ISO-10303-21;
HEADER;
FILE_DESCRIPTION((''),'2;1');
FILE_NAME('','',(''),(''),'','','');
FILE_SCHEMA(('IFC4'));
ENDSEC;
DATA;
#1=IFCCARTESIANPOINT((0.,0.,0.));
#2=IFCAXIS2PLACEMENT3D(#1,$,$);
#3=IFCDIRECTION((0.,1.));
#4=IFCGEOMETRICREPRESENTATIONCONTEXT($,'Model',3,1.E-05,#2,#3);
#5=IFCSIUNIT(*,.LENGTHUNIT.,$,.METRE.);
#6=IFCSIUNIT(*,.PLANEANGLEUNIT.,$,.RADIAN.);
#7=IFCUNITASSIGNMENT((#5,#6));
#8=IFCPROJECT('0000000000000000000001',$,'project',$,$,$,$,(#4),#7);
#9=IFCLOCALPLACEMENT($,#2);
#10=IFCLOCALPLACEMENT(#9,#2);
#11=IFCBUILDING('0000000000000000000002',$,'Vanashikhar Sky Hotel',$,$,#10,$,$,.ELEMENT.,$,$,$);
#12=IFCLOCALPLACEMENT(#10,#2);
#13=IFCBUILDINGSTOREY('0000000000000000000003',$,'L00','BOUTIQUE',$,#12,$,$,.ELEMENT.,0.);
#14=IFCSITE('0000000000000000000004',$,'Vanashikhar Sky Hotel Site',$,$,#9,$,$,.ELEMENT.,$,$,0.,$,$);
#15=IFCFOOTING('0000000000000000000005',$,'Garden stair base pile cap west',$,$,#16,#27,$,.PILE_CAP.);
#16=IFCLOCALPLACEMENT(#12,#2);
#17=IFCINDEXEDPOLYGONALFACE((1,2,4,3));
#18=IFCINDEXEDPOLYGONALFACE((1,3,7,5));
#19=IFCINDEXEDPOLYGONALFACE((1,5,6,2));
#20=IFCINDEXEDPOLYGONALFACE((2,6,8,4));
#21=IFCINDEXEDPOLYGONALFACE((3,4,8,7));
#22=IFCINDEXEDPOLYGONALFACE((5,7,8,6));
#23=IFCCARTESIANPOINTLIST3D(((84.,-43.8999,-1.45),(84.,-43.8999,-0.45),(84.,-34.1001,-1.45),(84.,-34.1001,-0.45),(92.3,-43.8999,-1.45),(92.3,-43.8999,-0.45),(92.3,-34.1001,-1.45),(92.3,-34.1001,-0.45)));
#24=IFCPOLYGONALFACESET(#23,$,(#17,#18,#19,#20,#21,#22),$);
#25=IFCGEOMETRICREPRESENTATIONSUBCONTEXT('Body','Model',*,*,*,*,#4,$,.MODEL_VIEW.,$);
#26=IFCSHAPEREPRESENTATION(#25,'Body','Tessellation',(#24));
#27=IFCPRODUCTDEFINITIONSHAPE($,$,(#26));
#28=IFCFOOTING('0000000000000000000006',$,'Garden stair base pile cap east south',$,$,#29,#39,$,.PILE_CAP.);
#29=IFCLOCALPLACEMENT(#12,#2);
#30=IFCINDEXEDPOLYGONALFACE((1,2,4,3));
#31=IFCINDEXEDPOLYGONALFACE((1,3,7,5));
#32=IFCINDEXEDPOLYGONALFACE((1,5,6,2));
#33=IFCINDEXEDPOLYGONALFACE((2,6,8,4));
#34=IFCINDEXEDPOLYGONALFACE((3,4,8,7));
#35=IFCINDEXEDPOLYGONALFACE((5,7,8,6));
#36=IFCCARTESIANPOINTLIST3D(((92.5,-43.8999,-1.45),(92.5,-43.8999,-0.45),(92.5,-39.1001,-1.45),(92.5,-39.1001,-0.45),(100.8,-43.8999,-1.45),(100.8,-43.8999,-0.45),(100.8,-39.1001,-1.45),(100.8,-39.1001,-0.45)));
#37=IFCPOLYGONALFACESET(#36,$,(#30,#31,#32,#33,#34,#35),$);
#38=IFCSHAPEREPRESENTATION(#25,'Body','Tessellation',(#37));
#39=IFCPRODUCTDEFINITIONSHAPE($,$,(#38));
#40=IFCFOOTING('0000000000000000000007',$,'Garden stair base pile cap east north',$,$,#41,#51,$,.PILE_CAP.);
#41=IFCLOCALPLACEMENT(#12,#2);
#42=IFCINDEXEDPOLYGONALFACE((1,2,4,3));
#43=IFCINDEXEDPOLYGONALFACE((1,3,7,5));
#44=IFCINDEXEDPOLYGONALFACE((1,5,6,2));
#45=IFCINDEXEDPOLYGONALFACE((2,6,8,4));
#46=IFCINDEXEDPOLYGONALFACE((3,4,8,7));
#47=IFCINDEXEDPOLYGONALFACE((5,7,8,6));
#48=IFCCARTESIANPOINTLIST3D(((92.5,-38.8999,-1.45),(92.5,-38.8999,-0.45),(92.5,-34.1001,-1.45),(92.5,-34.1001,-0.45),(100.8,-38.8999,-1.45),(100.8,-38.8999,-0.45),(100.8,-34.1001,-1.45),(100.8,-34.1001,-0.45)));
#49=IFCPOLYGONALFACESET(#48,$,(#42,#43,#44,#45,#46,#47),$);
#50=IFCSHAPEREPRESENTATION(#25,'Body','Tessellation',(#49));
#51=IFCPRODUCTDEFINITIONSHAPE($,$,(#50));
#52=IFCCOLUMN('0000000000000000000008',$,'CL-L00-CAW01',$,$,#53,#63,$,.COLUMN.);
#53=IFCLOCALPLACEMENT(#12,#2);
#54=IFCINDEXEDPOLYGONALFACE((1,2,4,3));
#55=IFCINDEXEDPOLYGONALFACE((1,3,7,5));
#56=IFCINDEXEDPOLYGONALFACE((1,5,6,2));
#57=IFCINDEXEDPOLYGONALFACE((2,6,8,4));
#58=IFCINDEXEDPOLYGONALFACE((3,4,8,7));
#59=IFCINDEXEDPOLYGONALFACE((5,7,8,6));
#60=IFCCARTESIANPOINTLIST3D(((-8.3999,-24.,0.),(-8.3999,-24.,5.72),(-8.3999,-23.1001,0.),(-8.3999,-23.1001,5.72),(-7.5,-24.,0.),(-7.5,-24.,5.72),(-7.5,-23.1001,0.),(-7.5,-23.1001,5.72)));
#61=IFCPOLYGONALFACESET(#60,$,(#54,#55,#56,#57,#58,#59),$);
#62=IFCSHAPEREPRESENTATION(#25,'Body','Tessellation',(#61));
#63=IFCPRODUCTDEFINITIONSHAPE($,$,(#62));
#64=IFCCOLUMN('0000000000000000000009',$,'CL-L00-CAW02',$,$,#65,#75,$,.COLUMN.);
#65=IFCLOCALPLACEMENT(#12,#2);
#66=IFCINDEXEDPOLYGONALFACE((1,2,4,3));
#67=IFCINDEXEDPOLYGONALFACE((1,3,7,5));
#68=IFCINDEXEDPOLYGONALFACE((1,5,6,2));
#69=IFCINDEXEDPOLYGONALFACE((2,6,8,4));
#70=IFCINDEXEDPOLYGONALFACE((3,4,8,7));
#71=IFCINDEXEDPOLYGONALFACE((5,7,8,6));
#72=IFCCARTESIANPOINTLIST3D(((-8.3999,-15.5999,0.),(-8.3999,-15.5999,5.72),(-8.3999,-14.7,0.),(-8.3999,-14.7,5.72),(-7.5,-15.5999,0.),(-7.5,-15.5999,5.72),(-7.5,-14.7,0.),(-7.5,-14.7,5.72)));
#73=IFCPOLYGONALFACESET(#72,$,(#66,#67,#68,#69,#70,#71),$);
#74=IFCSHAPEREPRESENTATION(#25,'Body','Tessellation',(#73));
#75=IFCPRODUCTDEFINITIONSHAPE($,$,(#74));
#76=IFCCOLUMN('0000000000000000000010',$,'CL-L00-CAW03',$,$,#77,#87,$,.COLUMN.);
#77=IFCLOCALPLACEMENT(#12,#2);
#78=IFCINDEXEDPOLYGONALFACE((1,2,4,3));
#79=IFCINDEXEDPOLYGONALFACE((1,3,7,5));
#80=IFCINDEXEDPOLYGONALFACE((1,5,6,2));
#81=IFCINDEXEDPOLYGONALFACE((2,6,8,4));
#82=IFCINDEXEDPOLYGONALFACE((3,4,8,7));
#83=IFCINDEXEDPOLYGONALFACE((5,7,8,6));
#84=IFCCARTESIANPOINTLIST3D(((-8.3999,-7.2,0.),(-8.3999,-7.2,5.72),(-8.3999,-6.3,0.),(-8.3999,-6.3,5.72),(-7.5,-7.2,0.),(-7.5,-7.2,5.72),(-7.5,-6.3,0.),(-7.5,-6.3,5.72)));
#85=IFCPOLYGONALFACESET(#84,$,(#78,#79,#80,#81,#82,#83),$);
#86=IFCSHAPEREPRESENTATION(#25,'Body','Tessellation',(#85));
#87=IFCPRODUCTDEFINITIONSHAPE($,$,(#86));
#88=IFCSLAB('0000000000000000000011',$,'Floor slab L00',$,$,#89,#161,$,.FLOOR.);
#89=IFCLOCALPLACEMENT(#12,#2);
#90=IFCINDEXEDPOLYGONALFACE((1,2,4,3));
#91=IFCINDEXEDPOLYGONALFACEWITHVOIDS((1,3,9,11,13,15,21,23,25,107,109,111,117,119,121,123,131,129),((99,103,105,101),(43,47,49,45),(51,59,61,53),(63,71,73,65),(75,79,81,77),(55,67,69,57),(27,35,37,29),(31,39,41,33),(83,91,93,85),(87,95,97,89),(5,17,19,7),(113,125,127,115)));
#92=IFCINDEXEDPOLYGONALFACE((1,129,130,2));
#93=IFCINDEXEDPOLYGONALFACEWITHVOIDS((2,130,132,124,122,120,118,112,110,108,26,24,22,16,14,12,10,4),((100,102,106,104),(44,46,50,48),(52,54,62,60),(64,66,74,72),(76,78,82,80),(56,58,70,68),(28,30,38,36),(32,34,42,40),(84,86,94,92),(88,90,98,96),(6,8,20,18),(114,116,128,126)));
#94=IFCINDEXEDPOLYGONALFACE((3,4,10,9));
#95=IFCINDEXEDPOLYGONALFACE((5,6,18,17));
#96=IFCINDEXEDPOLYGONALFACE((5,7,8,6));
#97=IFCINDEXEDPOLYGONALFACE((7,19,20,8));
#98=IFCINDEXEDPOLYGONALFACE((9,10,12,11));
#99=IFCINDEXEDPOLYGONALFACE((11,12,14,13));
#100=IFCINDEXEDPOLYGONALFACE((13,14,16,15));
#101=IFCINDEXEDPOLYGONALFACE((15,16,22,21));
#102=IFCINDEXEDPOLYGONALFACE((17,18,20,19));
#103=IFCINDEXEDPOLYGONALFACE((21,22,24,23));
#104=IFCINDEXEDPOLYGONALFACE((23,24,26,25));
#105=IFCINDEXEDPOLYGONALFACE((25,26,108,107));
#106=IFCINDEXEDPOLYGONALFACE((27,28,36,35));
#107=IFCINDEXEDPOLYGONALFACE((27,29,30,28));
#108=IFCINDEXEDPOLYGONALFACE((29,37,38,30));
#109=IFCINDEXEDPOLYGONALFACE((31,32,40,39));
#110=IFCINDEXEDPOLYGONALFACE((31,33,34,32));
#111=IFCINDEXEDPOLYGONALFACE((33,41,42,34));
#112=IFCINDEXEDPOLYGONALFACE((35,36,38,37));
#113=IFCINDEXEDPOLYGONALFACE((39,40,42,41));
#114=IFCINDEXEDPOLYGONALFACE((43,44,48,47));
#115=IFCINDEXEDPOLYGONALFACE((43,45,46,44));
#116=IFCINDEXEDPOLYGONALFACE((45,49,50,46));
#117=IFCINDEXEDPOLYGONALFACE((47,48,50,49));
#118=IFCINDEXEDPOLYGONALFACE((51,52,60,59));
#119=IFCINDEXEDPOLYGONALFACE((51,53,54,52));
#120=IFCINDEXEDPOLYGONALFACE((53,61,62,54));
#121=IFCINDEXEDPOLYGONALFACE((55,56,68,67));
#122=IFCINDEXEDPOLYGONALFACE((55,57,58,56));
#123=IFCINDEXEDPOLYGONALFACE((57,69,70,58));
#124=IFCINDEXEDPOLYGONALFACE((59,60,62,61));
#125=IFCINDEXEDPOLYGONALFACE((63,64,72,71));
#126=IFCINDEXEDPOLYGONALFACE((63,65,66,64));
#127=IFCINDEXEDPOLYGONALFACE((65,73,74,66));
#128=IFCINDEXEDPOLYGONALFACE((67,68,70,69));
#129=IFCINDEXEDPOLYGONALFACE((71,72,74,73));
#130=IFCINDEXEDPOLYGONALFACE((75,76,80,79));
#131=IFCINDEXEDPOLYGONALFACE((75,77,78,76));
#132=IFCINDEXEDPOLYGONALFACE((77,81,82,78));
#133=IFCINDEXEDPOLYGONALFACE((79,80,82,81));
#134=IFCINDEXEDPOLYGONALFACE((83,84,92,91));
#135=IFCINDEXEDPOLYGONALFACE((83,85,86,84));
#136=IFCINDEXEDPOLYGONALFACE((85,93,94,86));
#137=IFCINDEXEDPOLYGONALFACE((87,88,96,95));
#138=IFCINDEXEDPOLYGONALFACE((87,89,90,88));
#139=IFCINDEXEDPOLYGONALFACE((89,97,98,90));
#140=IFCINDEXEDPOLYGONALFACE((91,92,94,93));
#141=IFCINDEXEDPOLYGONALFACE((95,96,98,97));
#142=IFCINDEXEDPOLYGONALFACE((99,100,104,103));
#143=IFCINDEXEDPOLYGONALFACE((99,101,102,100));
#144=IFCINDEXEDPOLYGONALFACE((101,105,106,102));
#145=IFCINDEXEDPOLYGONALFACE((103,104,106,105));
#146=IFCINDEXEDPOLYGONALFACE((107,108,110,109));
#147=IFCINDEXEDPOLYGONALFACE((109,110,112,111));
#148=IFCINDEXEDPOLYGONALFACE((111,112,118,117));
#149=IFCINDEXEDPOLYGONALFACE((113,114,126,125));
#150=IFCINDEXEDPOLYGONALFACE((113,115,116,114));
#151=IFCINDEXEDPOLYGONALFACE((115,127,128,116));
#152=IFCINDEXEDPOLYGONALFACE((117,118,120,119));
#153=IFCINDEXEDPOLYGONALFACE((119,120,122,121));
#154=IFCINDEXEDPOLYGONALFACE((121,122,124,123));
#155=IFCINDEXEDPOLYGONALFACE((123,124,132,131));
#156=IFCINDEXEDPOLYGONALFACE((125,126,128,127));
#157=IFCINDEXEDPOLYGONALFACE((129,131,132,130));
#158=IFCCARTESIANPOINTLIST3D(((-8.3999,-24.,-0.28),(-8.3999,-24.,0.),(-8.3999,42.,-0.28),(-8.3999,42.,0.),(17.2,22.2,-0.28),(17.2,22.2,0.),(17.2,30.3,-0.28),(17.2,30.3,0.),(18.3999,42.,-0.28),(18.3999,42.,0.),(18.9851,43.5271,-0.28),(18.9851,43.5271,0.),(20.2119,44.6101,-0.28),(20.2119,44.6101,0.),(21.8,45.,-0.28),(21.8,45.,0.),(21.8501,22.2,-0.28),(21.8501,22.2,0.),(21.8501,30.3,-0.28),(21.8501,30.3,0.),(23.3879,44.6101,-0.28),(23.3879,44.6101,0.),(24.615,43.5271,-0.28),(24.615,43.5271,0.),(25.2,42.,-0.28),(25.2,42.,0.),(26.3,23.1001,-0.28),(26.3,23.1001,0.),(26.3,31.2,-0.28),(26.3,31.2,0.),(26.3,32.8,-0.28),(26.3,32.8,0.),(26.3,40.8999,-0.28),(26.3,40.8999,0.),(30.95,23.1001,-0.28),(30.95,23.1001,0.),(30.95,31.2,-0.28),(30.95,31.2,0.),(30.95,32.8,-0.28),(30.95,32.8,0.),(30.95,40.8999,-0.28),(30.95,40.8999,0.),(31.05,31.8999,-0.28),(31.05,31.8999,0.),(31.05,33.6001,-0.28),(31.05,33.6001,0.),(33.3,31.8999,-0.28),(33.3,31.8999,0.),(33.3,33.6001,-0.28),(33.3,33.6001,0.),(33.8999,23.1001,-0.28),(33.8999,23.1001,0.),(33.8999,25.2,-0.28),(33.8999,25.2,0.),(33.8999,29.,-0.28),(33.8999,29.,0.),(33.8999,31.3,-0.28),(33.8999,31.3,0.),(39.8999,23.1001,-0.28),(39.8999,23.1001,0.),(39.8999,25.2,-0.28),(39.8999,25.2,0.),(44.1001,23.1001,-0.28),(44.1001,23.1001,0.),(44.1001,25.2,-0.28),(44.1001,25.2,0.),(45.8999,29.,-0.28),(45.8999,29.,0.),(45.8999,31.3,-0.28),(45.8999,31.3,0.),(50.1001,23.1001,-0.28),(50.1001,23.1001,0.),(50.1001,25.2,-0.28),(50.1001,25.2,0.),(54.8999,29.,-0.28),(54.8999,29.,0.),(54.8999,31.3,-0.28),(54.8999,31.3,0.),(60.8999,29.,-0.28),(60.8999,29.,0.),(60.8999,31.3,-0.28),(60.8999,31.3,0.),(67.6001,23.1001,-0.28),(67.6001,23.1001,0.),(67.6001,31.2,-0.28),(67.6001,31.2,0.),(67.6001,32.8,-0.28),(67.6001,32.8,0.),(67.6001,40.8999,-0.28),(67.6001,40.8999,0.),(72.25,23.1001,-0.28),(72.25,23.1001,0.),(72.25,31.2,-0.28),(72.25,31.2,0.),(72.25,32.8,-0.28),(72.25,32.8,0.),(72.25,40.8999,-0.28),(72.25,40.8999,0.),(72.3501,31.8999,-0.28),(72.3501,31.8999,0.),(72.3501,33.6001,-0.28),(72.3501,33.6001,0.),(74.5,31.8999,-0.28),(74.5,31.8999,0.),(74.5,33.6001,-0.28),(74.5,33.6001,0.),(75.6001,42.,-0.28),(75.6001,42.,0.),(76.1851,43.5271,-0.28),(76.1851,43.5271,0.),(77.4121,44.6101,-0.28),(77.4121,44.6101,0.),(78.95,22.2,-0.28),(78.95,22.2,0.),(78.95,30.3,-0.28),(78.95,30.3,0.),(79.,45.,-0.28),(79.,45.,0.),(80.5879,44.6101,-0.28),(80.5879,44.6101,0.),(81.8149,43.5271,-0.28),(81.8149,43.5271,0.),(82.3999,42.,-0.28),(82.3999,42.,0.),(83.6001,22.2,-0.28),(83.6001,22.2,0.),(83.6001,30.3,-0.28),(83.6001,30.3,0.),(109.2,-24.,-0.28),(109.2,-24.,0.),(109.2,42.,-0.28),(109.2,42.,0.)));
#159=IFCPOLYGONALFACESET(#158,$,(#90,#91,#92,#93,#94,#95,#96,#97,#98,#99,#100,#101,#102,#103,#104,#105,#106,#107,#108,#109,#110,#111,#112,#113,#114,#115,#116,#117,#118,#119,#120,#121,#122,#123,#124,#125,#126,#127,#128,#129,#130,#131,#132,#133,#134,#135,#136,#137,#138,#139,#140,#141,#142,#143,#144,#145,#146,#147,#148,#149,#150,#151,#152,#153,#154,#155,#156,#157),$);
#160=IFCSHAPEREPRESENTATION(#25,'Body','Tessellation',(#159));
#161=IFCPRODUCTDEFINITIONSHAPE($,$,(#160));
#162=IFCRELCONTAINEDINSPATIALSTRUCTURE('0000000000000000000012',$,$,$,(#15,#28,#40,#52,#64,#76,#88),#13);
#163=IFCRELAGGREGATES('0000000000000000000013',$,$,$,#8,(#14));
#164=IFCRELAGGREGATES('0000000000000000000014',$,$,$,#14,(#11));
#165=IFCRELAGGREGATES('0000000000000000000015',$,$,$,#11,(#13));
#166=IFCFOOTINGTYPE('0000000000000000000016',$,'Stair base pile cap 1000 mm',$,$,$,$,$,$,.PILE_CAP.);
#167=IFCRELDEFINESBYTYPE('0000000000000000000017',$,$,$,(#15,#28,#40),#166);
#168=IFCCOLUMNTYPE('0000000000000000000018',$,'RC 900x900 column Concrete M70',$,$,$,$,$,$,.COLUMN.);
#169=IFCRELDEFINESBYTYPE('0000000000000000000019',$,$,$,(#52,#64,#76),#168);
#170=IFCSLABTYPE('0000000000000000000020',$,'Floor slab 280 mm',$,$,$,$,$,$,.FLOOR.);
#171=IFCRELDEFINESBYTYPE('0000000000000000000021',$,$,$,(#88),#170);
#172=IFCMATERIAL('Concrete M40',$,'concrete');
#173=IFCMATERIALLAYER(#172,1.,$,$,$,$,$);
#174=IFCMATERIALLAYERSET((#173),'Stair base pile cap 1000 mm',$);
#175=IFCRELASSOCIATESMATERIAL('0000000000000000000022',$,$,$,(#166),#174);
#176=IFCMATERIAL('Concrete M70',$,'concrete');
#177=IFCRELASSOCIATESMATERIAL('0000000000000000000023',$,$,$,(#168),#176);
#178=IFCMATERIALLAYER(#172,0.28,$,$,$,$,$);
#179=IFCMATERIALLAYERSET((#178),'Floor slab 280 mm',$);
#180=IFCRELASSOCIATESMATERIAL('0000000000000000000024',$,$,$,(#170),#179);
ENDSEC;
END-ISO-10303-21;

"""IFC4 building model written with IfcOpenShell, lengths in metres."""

from ifc_helpers import new_model, si_unit, direction, frame, origin, origin_2d, place, context, subcontext, project, spatial, polyline, rectangle, outline, extrude, source, transform, mapped, material, layer, layer_set, material_profile, profile_set, type_object, element, save


model = new_model("IFC4")

# Units and contexts
model_context = context("Model", 3, precision=1e-05, world=origin(), true_north=direction((0.0, 1.0)))
body_context = subcontext(model_context, "Body", "Model", "MODEL_VIEW")
ifc_project = project(units=[si_unit("LENGTHUNIT", "METRE"), si_unit("PLANEANGLEUNIT", "RADIAN")], contexts=[model_context])

# Site, building, storey
site_placement = place(None, origin())
site = spatial("IfcSite", under=ifc_project, at=site_placement, Name="Vanashikhar Sky Hotel Site", CompositionType="ELEMENT", RefElevation=0.0)
building_placement = place(site_placement, origin())
building = spatial("IfcBuilding", under=site, at=building_placement, Name="Vanashikhar Sky Hotel", CompositionType="ELEMENT")
storey_placement = place(building_placement, origin())
storey = spatial("IfcBuildingStorey", under=building, at=storey_placement, Name="L00", Description="BOUTIQUE", CompositionType="ELEMENT", Elevation=0.0)

# Footings
ifc_material_1 = material(Name="Concrete M40", Category="concrete")
ifc_layer_1 = layer(ifc_material_1, 1.0)
ifc_layer_set_1 = layer_set([ifc_layer_1], Name="Stair base pile cap 1000 mm")
footing_type = type_object("IfcFootingType", Name="Stair base pile cap 1000 mm", PredefinedType="PILE_CAP", material=ifc_layer_set_1)
shared_shape_1 = source(origin(), body_context, "Body", "SweptSolid", [
    extrude(outline(polyline([(84.0, -43.8999), (92.3, -43.8999), (92.3, -34.1001), (84.0, -34.1001), (84.0, -43.8999)])), origin(), (0.0, 0.0, 1.0), 1.0),
])
footing_1_placement = place(storey_placement, frame((0.0, 0.0, -1.45)))
element("IfcFooting", 1, at=footing_1_placement, inside=storey, type_object=footing_type, Name="Garden stair base pile cap west", PredefinedType="PILE_CAP", context=body_context, shape_type="MappedRepresentation", body=[
    mapped(shared_shape_1, transform((0.0, 0.0, 0.0), scale=1.0)),
])
shared_shape_2 = source(origin(), body_context, "Body", "SweptSolid", [
    extrude(outline(polyline([(92.5, -43.8999), (100.8, -43.8999), (100.8, -39.1001), (92.5, -39.1001), (92.5, -43.8999)])), origin(), (0.0, 0.0, 1.0), 1.0),
])
footing_2_placement = place(storey_placement, frame((0.0, 0.0, -1.45)))
element("IfcFooting", 2, at=footing_2_placement, inside=storey, type_object=footing_type, Name="Garden stair base pile cap east south", PredefinedType="PILE_CAP", context=body_context, shape_type="MappedRepresentation", body=[
    mapped(shared_shape_2, transform((0.0, 0.0, 0.0), scale=1.0)),
])
shared_shape_3 = source(origin(), body_context, "Body", "SweptSolid", [
    extrude(outline(polyline([(92.5, -38.8999), (100.8, -38.8999), (100.8, -34.1001), (92.5, -34.1001), (92.5, -38.8999)])), origin(), (0.0, 0.0, 1.0), 1.0),
])
footing_3_placement = place(storey_placement, frame((0.0, 0.0, -1.45)))
element("IfcFooting", 3, at=footing_3_placement, inside=storey, type_object=footing_type, Name="Garden stair base pile cap east north", PredefinedType="PILE_CAP", context=body_context, shape_type="MappedRepresentation", body=[
    mapped(shared_shape_3, transform((0.0, 0.0, 0.0), scale=1.0)),
])

# Columns
ifc_material_2 = material(Name="Concrete M70", Category="concrete")
ifc_material_profile = material_profile(ifc_material_2, rectangle(XDim=0.8999, YDim=0.8999, at=origin_2d()))
ifc_profile_set = profile_set([ifc_material_profile], Name="RC 900x900 column Concrete M70")
column_type = type_object("IfcColumnType", Name="RC 900x900 column Concrete M70", PredefinedType="COLUMN", material=ifc_profile_set)
shared_shape_4 = source(origin(), body_context, "Body", "SweptSolid", [
    extrude(rectangle(XDim=0.8999, YDim=0.8999, at=origin_2d()), origin(), (0.0, 0.0, 1.0), 5.72),
])
for number, where, z_axis, x_axis, name in (
    (4, (-7.95, -23.55, 0.0), (0.0, 0.0, 1.0), (1.0, 0.0, 0.0), "CL-L00-CAW01"),
    (5, (-7.95, -15.1499, 0.0), (0.0, 0.0, 1.0), (1.0, 0.0, 0.0), "CL-L00-CAW02"),
    (6, (-7.95, -6.75, 0.0), (0.0, 0.0, 1.0), (1.0, 0.0, 0.0), "CL-L00-CAW03"),
):
    element("IfcColumn", number, at=place(storey_placement, frame(where, z_axis=z_axis, x_axis=x_axis)), inside=storey, type_object=column_type, Name=name, PredefinedType="COLUMN", context=body_context, shape_type="MappedRepresentation", body=[
        mapped(shared_shape_4, transform((0.0, 0.0, 0.0), scale=1.0)),
    ])

# Slab
ifc_layer_2 = layer(ifc_material_1, 0.28)
ifc_layer_set_2 = layer_set([ifc_layer_2], Name="Floor slab 280 mm")
slab_type_1 = type_object("IfcSlabType", Name="Floor slab 280 mm", PredefinedType="FLOOR", material=ifc_layer_set_2)
shared_shape_5 = source(origin(), body_context, "Body", "SweptSolid", [
    extrude(outline(polyline([(82.3999, 42.0), (81.8149, 43.5271), (80.5879, 44.6101), (79.0, 45.0), (77.4121, 44.6101), (76.1851, 43.5271), (75.6001, 42.0), (25.2, 42.0), (24.615, 43.5271), (23.3879, 44.6101), (21.8, 45.0), (20.2119, 44.6101), (18.9851, 43.5271), (18.3999, 42.0), (-8.3999, 42.0), (-8.3999, -24.0), (109.2, -24.0), (109.2, 42.0), (82.3999, 42.0)]), holes=[polyline([(33.3, 33.6001), (31.05, 33.6001), (31.05, 31.8999), (33.3, 31.8999), (33.3, 33.6001)]), polyline([(33.8999, 25.2), (33.8999, 23.1001), (39.8999, 23.1001), (39.8999, 25.2), (33.8999, 25.2)]), polyline([(33.8999, 31.3), (33.8999, 29.0), (45.8999, 29.0), (45.8999, 31.3), (33.8999, 31.3)]), polyline([(44.1001, 25.2), (44.1001, 23.1001), (50.1001, 23.1001), (50.1001, 25.2), (44.1001, 25.2)]), polyline([(54.8999, 31.3), (54.8999, 29.0), (60.8999, 29.0), (60.8999, 31.3), (54.8999, 31.3)]), polyline([(74.5, 33.6001), (72.3501, 33.6001), (72.3501, 31.8999), (74.5, 31.8999), (74.5, 33.6001)]), polyline([(30.95, 23.1001), (30.95, 31.2), (26.3, 31.2), (26.3, 23.1001), (30.95, 23.1001)]), polyline([(72.25, 23.1001), (72.25, 31.2), (67.6001, 31.2), (67.6001, 23.1001), (72.25, 23.1001)]), polyline([(30.95, 32.8), (30.95, 40.8999), (26.3, 40.8999), (26.3, 32.8), (30.95, 32.8)]), polyline([(72.25, 32.8), (72.25, 40.8999), (67.6001, 40.8999), (67.6001, 32.8), (72.25, 32.8)]), polyline([(83.6001, 22.2), (83.6001, 30.3), (78.95, 30.3), (78.95, 22.2), (83.6001, 22.2)]), polyline([(21.8501, 22.2), (21.8501, 30.3), (17.2, 30.3), (17.2, 22.2), (21.8501, 22.2)])]), origin(), (0.0, 0.0, 1.0), 0.28),
])
slab_1_placement = place(storey_placement, frame((0.0, 0.0, -0.28)))
element("IfcSlab", 7, at=slab_1_placement, inside=storey, type_object=slab_type_1, Name="Floor slab L00", PredefinedType="FLOOR", context=body_context, shape_type="MappedRepresentation", body=[
    mapped(shared_shape_5, transform((0.0, 0.0, 0.0), scale=1.0)),
])

save(model, "model.ifc")
